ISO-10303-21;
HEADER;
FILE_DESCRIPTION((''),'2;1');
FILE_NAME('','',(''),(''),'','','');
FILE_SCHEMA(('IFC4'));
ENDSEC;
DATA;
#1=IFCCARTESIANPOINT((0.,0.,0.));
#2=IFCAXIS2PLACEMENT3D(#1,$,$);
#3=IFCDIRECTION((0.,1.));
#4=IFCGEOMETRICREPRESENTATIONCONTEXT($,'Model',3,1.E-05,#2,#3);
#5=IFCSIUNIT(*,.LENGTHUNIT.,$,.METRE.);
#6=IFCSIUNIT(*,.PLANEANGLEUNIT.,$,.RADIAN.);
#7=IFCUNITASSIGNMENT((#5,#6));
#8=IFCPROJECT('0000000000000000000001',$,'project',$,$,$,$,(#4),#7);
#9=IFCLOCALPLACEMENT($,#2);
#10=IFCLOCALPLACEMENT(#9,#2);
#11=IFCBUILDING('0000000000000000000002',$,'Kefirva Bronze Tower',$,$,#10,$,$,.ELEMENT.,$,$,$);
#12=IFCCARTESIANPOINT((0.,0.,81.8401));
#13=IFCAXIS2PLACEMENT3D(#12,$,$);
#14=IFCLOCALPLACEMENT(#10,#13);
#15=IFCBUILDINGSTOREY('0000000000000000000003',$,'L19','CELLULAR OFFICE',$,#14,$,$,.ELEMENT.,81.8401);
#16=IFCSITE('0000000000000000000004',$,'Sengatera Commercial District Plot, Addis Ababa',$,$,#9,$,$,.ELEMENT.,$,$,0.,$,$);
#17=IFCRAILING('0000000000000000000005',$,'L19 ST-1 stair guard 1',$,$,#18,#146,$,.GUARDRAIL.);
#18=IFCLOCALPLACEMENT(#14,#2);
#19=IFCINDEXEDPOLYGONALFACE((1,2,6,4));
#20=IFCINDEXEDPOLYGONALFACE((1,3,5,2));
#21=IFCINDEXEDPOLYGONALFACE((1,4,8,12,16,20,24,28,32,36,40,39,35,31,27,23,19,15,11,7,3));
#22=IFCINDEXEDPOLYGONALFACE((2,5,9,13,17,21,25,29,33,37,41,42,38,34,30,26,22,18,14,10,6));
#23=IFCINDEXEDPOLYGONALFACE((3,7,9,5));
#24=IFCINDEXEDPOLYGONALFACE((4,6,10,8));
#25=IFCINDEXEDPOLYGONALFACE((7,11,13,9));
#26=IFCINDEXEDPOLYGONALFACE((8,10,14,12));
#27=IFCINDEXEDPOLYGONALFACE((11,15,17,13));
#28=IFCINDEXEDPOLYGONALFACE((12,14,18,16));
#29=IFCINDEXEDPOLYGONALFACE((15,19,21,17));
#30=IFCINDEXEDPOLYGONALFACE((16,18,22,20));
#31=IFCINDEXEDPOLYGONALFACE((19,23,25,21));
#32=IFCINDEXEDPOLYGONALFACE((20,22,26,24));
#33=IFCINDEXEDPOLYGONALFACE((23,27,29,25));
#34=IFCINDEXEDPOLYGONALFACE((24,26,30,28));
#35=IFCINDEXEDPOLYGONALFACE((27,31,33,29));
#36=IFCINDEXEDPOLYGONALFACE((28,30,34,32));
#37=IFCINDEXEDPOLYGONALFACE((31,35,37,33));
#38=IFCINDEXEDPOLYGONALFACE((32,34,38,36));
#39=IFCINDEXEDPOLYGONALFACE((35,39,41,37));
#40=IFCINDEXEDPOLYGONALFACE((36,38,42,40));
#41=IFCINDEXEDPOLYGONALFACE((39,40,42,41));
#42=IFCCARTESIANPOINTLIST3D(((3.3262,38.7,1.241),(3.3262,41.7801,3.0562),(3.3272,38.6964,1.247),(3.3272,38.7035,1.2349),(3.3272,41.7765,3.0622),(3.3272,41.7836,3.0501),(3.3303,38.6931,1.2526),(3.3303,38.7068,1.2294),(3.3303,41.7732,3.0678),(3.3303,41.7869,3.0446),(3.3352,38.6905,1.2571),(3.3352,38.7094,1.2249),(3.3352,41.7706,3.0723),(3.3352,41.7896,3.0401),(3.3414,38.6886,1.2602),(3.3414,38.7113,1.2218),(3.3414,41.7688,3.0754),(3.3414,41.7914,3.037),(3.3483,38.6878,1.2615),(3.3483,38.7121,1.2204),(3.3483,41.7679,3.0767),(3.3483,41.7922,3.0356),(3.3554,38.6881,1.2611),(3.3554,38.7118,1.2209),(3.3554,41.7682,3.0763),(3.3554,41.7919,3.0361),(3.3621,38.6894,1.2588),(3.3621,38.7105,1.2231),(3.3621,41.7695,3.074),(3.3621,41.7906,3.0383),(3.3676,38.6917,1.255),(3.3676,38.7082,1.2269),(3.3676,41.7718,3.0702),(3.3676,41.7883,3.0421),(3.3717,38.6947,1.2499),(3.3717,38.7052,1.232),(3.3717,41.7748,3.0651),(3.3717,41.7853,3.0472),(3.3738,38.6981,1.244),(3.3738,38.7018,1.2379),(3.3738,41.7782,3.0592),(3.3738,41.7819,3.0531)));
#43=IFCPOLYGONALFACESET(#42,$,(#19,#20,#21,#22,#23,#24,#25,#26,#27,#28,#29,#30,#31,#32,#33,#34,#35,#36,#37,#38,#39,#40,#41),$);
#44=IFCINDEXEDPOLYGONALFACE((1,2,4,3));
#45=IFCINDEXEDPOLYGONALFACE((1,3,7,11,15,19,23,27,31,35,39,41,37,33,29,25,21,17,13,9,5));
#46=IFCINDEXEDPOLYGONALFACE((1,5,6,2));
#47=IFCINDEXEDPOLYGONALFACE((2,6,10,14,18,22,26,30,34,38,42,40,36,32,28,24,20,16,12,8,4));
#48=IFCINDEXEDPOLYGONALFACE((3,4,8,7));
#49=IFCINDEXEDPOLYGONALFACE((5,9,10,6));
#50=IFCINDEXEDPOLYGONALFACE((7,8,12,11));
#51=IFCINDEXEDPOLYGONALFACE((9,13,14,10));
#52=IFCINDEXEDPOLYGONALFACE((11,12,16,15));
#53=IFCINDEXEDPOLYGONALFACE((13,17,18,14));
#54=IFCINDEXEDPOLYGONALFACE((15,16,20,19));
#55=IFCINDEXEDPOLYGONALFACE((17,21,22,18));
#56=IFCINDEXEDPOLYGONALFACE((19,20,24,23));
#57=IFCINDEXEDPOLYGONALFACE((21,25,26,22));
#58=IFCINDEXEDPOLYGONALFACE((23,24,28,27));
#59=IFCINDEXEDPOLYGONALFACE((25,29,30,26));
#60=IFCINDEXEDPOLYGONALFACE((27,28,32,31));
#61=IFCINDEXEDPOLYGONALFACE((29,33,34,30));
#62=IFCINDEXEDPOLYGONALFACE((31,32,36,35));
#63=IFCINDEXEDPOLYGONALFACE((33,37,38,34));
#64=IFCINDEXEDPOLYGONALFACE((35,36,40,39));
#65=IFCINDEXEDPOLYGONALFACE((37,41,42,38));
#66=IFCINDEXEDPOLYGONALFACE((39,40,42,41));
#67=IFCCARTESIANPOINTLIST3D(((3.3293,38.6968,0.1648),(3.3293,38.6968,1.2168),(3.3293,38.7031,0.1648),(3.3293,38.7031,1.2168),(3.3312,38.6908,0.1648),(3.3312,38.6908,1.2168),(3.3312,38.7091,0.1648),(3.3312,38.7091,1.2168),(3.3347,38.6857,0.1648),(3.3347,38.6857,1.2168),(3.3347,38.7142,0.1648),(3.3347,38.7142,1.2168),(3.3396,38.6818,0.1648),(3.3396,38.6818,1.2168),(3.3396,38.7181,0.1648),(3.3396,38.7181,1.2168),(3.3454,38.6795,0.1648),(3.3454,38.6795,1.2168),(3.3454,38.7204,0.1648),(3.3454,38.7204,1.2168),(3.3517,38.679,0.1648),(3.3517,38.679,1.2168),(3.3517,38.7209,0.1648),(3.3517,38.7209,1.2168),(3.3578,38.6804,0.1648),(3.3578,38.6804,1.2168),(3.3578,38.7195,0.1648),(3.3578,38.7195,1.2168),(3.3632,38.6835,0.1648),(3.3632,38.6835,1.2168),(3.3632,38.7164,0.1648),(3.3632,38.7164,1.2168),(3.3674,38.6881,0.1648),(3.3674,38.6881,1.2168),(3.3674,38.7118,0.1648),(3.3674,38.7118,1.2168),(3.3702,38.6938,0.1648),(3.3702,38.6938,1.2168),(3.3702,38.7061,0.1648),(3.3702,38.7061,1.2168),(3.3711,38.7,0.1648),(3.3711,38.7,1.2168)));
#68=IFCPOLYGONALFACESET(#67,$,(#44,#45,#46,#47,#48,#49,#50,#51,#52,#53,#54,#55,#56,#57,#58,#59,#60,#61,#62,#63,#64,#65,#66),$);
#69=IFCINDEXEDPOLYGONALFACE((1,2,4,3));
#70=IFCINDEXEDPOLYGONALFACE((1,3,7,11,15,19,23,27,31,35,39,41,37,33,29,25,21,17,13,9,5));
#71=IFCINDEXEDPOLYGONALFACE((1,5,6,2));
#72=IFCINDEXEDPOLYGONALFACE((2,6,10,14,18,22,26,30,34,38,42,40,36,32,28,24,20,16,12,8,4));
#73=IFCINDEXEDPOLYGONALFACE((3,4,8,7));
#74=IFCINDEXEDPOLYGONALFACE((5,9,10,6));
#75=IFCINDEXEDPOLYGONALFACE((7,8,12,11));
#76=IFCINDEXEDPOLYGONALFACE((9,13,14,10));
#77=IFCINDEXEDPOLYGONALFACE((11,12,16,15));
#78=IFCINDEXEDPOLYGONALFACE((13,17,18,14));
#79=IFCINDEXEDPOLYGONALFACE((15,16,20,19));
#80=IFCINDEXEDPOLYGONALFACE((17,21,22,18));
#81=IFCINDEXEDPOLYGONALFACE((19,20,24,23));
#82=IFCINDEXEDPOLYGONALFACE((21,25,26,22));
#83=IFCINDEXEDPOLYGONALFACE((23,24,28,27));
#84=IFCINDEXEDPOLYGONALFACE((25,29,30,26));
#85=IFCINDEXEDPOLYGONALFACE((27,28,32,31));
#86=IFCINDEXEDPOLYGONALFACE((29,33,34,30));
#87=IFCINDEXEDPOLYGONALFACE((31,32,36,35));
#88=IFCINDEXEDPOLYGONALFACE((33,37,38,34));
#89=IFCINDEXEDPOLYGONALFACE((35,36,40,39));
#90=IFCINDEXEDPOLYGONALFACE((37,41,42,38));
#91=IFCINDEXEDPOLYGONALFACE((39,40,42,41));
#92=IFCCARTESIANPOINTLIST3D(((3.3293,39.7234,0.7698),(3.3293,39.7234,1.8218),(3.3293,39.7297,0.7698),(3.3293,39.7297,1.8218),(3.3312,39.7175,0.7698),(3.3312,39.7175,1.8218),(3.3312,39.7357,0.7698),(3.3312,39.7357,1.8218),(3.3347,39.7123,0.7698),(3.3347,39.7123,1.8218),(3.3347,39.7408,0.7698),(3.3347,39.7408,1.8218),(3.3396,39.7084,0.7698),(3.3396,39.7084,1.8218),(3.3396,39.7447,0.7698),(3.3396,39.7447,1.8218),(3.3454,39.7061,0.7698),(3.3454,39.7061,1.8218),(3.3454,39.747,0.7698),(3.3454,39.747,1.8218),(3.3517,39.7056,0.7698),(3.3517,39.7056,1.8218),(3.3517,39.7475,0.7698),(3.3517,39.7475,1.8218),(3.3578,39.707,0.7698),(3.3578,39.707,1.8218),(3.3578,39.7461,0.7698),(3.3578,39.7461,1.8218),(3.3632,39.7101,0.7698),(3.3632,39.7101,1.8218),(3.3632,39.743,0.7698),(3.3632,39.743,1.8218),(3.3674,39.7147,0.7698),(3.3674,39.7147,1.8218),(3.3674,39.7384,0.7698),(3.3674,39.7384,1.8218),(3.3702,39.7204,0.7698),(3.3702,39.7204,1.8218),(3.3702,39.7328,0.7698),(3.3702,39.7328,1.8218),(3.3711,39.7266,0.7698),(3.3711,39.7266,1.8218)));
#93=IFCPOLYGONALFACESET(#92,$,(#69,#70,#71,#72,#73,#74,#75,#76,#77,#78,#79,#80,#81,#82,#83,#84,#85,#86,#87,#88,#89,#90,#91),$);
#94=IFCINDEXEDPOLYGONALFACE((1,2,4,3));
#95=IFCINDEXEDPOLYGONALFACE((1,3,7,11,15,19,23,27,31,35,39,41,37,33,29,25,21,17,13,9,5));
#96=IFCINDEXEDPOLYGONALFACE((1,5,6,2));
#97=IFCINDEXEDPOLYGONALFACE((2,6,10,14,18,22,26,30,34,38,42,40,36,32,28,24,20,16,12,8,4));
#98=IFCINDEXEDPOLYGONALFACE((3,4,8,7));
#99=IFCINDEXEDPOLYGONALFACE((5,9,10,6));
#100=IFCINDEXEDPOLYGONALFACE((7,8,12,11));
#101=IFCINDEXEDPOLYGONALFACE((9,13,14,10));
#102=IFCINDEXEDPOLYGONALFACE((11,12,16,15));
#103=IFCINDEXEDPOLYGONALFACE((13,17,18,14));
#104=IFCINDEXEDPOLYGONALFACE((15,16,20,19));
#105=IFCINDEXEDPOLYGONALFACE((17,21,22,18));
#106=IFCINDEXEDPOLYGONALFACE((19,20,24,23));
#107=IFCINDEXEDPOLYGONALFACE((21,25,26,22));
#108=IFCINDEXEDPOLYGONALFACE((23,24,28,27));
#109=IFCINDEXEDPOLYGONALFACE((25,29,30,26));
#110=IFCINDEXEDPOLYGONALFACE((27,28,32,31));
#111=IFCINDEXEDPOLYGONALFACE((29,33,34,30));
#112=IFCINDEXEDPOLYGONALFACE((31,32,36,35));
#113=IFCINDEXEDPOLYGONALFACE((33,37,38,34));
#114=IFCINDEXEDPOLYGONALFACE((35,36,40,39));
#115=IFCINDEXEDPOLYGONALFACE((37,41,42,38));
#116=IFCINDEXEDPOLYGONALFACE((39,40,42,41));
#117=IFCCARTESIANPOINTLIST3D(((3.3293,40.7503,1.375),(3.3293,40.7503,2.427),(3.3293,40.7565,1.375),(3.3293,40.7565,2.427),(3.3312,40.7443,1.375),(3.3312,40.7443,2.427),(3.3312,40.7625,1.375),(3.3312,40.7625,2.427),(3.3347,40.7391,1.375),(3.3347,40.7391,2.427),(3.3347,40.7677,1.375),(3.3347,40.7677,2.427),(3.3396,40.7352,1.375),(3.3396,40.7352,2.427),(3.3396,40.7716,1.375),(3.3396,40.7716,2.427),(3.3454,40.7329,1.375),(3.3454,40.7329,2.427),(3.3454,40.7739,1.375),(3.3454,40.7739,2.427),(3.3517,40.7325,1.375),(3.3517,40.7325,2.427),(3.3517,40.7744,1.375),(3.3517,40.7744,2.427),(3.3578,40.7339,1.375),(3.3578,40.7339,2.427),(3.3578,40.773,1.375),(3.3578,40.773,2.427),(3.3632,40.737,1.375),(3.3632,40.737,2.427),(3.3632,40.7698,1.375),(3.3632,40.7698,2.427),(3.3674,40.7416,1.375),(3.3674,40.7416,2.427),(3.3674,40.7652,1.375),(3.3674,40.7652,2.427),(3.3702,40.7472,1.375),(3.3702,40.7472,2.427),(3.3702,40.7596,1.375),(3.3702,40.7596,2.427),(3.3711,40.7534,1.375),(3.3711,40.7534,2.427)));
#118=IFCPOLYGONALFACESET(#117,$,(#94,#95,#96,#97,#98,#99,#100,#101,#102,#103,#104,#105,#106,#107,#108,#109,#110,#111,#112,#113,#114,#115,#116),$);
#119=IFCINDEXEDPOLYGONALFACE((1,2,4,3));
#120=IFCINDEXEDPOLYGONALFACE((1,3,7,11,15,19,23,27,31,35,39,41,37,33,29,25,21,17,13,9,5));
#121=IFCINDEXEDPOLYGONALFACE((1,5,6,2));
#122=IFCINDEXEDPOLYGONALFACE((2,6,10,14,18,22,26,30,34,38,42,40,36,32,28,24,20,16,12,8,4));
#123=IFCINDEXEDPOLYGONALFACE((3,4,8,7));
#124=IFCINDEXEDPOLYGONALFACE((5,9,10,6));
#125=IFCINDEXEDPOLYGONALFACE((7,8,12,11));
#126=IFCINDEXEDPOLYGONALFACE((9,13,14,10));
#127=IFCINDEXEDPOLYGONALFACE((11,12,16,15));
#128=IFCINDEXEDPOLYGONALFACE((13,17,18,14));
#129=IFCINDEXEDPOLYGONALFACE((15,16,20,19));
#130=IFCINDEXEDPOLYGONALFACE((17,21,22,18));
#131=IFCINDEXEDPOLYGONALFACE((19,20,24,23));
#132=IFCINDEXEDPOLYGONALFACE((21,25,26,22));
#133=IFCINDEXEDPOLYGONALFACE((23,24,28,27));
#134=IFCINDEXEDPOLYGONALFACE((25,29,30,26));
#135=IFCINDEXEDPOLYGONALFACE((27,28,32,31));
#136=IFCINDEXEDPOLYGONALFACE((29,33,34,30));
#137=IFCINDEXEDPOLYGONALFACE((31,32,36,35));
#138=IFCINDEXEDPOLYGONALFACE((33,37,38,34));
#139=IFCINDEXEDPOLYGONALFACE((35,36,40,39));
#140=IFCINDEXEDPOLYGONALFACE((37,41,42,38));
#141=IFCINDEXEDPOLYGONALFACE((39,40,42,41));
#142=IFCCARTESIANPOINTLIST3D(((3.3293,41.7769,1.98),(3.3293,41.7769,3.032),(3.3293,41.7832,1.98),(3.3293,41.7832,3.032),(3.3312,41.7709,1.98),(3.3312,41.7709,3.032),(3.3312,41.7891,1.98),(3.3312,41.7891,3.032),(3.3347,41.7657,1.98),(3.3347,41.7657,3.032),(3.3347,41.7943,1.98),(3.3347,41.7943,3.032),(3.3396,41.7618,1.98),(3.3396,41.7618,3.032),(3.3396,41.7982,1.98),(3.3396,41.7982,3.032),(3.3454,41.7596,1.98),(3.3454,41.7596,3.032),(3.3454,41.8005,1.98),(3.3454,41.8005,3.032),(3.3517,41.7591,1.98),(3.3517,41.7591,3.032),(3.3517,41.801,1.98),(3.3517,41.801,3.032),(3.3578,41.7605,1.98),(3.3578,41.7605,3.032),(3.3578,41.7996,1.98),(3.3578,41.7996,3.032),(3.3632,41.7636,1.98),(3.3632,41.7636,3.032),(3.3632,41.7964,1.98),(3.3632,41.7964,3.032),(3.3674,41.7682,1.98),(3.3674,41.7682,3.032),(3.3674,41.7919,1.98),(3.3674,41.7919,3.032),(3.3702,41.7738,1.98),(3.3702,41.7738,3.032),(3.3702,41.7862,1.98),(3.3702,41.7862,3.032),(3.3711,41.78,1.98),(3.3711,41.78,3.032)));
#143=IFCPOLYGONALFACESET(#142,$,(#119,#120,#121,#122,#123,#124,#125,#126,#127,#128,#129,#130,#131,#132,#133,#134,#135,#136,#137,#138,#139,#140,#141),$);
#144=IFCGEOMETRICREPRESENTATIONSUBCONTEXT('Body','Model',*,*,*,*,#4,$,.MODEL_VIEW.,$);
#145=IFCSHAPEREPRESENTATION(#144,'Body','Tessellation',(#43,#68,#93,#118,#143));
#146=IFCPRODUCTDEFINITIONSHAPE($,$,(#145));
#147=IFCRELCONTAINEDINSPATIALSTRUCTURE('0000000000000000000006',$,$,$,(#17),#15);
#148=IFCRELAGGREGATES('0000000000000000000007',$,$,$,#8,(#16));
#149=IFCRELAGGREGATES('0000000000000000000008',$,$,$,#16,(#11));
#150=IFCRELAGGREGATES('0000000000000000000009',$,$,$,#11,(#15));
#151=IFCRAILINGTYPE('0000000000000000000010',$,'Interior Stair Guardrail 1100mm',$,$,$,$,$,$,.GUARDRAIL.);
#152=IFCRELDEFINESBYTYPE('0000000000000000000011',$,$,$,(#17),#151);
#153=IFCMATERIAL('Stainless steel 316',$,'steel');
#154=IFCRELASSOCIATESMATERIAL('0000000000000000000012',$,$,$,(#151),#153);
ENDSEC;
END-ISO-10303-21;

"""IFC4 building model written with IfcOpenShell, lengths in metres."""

from ifc_helpers import new_model, si_unit, direction, frame, origin, origin_2d, place, context, subcontext, project, spatial, circle, extrude, material, type_object, element, save


model = new_model("IFC4")

# Units and contexts
model_context = context("Model", 3, precision=1e-05, world=origin(), true_north=direction((0.0, 1.0)))
body_context = subcontext(model_context, "Body", "Model", "MODEL_VIEW")
ifc_project = project(units=[si_unit("LENGTHUNIT", "METRE"), si_unit("PLANEANGLEUNIT", "RADIAN")], contexts=[model_context])

# Site, building, storey
site_placement = place(None, origin())
site = spatial("IfcSite", under=ifc_project, at=site_placement, Name="Sengatera Commercial District Plot, Addis Ababa", CompositionType="ELEMENT", RefElevation=0.0)
building_placement = place(site_placement, origin())
building = spatial("IfcBuilding", under=site, at=building_placement, Name="Kefirva Bronze Tower", CompositionType="ELEMENT")
storey_placement = place(building_placement, frame((0.0, 0.0, 81.8401)))
storey = spatial("IfcBuildingStorey", under=building, at=storey_placement, Name="L19", Description="CELLULAR OFFICE", CompositionType="ELEMENT", Elevation=81.8401)

# Railing
ifc_material_1 = material(Name="Stainless steel 316", Category="steel")
railing_type_1 = type_object("IfcRailingType", Name="Interior Stair Guardrail 1100mm", PredefinedType="GUARDRAIL", material=ifc_material_1)
railing_1_placement = place(storey_placement, frame((3.3501, 38.7, 0.1648)))
element("IfcRailing", 1, at=railing_1_placement, inside=storey, type_object=railing_type_1, Name="L19 ST-1 stair guard 1", PredefinedType="GUARDRAIL", context=body_context, shape_type="SweptSolid", body=[
    extrude(circle(Radius=0.0239, at=origin_2d()), frame((0.0, 0.0, 1.0762), z_axis=(0.0, 0.861521, 0.507721), x_axis=(-1.0, 0.0, 0.0)), (0.0, 0.0, 1.0), 3.5752),
    extrude(circle(Radius=0.021, at=origin_2d()), origin(), (0.0, 0.0, 1.0), 1.052),
    extrude(circle(Radius=0.021, at=origin_2d()), frame((0.0, 1.0266, 0.605)), (0.0, 0.0, 1.0), 1.052),
    extrude(circle(Radius=0.021, at=origin_2d()), frame((0.0, 2.0535, 1.2102)), (0.0, 0.0, 1.0), 1.052),
    extrude(circle(Radius=0.021, at=origin_2d()), frame((0.0, 3.0801, 1.8152)), (0.0, 0.0, 1.0), 1.052),
])

save(model, "model.ifc")
